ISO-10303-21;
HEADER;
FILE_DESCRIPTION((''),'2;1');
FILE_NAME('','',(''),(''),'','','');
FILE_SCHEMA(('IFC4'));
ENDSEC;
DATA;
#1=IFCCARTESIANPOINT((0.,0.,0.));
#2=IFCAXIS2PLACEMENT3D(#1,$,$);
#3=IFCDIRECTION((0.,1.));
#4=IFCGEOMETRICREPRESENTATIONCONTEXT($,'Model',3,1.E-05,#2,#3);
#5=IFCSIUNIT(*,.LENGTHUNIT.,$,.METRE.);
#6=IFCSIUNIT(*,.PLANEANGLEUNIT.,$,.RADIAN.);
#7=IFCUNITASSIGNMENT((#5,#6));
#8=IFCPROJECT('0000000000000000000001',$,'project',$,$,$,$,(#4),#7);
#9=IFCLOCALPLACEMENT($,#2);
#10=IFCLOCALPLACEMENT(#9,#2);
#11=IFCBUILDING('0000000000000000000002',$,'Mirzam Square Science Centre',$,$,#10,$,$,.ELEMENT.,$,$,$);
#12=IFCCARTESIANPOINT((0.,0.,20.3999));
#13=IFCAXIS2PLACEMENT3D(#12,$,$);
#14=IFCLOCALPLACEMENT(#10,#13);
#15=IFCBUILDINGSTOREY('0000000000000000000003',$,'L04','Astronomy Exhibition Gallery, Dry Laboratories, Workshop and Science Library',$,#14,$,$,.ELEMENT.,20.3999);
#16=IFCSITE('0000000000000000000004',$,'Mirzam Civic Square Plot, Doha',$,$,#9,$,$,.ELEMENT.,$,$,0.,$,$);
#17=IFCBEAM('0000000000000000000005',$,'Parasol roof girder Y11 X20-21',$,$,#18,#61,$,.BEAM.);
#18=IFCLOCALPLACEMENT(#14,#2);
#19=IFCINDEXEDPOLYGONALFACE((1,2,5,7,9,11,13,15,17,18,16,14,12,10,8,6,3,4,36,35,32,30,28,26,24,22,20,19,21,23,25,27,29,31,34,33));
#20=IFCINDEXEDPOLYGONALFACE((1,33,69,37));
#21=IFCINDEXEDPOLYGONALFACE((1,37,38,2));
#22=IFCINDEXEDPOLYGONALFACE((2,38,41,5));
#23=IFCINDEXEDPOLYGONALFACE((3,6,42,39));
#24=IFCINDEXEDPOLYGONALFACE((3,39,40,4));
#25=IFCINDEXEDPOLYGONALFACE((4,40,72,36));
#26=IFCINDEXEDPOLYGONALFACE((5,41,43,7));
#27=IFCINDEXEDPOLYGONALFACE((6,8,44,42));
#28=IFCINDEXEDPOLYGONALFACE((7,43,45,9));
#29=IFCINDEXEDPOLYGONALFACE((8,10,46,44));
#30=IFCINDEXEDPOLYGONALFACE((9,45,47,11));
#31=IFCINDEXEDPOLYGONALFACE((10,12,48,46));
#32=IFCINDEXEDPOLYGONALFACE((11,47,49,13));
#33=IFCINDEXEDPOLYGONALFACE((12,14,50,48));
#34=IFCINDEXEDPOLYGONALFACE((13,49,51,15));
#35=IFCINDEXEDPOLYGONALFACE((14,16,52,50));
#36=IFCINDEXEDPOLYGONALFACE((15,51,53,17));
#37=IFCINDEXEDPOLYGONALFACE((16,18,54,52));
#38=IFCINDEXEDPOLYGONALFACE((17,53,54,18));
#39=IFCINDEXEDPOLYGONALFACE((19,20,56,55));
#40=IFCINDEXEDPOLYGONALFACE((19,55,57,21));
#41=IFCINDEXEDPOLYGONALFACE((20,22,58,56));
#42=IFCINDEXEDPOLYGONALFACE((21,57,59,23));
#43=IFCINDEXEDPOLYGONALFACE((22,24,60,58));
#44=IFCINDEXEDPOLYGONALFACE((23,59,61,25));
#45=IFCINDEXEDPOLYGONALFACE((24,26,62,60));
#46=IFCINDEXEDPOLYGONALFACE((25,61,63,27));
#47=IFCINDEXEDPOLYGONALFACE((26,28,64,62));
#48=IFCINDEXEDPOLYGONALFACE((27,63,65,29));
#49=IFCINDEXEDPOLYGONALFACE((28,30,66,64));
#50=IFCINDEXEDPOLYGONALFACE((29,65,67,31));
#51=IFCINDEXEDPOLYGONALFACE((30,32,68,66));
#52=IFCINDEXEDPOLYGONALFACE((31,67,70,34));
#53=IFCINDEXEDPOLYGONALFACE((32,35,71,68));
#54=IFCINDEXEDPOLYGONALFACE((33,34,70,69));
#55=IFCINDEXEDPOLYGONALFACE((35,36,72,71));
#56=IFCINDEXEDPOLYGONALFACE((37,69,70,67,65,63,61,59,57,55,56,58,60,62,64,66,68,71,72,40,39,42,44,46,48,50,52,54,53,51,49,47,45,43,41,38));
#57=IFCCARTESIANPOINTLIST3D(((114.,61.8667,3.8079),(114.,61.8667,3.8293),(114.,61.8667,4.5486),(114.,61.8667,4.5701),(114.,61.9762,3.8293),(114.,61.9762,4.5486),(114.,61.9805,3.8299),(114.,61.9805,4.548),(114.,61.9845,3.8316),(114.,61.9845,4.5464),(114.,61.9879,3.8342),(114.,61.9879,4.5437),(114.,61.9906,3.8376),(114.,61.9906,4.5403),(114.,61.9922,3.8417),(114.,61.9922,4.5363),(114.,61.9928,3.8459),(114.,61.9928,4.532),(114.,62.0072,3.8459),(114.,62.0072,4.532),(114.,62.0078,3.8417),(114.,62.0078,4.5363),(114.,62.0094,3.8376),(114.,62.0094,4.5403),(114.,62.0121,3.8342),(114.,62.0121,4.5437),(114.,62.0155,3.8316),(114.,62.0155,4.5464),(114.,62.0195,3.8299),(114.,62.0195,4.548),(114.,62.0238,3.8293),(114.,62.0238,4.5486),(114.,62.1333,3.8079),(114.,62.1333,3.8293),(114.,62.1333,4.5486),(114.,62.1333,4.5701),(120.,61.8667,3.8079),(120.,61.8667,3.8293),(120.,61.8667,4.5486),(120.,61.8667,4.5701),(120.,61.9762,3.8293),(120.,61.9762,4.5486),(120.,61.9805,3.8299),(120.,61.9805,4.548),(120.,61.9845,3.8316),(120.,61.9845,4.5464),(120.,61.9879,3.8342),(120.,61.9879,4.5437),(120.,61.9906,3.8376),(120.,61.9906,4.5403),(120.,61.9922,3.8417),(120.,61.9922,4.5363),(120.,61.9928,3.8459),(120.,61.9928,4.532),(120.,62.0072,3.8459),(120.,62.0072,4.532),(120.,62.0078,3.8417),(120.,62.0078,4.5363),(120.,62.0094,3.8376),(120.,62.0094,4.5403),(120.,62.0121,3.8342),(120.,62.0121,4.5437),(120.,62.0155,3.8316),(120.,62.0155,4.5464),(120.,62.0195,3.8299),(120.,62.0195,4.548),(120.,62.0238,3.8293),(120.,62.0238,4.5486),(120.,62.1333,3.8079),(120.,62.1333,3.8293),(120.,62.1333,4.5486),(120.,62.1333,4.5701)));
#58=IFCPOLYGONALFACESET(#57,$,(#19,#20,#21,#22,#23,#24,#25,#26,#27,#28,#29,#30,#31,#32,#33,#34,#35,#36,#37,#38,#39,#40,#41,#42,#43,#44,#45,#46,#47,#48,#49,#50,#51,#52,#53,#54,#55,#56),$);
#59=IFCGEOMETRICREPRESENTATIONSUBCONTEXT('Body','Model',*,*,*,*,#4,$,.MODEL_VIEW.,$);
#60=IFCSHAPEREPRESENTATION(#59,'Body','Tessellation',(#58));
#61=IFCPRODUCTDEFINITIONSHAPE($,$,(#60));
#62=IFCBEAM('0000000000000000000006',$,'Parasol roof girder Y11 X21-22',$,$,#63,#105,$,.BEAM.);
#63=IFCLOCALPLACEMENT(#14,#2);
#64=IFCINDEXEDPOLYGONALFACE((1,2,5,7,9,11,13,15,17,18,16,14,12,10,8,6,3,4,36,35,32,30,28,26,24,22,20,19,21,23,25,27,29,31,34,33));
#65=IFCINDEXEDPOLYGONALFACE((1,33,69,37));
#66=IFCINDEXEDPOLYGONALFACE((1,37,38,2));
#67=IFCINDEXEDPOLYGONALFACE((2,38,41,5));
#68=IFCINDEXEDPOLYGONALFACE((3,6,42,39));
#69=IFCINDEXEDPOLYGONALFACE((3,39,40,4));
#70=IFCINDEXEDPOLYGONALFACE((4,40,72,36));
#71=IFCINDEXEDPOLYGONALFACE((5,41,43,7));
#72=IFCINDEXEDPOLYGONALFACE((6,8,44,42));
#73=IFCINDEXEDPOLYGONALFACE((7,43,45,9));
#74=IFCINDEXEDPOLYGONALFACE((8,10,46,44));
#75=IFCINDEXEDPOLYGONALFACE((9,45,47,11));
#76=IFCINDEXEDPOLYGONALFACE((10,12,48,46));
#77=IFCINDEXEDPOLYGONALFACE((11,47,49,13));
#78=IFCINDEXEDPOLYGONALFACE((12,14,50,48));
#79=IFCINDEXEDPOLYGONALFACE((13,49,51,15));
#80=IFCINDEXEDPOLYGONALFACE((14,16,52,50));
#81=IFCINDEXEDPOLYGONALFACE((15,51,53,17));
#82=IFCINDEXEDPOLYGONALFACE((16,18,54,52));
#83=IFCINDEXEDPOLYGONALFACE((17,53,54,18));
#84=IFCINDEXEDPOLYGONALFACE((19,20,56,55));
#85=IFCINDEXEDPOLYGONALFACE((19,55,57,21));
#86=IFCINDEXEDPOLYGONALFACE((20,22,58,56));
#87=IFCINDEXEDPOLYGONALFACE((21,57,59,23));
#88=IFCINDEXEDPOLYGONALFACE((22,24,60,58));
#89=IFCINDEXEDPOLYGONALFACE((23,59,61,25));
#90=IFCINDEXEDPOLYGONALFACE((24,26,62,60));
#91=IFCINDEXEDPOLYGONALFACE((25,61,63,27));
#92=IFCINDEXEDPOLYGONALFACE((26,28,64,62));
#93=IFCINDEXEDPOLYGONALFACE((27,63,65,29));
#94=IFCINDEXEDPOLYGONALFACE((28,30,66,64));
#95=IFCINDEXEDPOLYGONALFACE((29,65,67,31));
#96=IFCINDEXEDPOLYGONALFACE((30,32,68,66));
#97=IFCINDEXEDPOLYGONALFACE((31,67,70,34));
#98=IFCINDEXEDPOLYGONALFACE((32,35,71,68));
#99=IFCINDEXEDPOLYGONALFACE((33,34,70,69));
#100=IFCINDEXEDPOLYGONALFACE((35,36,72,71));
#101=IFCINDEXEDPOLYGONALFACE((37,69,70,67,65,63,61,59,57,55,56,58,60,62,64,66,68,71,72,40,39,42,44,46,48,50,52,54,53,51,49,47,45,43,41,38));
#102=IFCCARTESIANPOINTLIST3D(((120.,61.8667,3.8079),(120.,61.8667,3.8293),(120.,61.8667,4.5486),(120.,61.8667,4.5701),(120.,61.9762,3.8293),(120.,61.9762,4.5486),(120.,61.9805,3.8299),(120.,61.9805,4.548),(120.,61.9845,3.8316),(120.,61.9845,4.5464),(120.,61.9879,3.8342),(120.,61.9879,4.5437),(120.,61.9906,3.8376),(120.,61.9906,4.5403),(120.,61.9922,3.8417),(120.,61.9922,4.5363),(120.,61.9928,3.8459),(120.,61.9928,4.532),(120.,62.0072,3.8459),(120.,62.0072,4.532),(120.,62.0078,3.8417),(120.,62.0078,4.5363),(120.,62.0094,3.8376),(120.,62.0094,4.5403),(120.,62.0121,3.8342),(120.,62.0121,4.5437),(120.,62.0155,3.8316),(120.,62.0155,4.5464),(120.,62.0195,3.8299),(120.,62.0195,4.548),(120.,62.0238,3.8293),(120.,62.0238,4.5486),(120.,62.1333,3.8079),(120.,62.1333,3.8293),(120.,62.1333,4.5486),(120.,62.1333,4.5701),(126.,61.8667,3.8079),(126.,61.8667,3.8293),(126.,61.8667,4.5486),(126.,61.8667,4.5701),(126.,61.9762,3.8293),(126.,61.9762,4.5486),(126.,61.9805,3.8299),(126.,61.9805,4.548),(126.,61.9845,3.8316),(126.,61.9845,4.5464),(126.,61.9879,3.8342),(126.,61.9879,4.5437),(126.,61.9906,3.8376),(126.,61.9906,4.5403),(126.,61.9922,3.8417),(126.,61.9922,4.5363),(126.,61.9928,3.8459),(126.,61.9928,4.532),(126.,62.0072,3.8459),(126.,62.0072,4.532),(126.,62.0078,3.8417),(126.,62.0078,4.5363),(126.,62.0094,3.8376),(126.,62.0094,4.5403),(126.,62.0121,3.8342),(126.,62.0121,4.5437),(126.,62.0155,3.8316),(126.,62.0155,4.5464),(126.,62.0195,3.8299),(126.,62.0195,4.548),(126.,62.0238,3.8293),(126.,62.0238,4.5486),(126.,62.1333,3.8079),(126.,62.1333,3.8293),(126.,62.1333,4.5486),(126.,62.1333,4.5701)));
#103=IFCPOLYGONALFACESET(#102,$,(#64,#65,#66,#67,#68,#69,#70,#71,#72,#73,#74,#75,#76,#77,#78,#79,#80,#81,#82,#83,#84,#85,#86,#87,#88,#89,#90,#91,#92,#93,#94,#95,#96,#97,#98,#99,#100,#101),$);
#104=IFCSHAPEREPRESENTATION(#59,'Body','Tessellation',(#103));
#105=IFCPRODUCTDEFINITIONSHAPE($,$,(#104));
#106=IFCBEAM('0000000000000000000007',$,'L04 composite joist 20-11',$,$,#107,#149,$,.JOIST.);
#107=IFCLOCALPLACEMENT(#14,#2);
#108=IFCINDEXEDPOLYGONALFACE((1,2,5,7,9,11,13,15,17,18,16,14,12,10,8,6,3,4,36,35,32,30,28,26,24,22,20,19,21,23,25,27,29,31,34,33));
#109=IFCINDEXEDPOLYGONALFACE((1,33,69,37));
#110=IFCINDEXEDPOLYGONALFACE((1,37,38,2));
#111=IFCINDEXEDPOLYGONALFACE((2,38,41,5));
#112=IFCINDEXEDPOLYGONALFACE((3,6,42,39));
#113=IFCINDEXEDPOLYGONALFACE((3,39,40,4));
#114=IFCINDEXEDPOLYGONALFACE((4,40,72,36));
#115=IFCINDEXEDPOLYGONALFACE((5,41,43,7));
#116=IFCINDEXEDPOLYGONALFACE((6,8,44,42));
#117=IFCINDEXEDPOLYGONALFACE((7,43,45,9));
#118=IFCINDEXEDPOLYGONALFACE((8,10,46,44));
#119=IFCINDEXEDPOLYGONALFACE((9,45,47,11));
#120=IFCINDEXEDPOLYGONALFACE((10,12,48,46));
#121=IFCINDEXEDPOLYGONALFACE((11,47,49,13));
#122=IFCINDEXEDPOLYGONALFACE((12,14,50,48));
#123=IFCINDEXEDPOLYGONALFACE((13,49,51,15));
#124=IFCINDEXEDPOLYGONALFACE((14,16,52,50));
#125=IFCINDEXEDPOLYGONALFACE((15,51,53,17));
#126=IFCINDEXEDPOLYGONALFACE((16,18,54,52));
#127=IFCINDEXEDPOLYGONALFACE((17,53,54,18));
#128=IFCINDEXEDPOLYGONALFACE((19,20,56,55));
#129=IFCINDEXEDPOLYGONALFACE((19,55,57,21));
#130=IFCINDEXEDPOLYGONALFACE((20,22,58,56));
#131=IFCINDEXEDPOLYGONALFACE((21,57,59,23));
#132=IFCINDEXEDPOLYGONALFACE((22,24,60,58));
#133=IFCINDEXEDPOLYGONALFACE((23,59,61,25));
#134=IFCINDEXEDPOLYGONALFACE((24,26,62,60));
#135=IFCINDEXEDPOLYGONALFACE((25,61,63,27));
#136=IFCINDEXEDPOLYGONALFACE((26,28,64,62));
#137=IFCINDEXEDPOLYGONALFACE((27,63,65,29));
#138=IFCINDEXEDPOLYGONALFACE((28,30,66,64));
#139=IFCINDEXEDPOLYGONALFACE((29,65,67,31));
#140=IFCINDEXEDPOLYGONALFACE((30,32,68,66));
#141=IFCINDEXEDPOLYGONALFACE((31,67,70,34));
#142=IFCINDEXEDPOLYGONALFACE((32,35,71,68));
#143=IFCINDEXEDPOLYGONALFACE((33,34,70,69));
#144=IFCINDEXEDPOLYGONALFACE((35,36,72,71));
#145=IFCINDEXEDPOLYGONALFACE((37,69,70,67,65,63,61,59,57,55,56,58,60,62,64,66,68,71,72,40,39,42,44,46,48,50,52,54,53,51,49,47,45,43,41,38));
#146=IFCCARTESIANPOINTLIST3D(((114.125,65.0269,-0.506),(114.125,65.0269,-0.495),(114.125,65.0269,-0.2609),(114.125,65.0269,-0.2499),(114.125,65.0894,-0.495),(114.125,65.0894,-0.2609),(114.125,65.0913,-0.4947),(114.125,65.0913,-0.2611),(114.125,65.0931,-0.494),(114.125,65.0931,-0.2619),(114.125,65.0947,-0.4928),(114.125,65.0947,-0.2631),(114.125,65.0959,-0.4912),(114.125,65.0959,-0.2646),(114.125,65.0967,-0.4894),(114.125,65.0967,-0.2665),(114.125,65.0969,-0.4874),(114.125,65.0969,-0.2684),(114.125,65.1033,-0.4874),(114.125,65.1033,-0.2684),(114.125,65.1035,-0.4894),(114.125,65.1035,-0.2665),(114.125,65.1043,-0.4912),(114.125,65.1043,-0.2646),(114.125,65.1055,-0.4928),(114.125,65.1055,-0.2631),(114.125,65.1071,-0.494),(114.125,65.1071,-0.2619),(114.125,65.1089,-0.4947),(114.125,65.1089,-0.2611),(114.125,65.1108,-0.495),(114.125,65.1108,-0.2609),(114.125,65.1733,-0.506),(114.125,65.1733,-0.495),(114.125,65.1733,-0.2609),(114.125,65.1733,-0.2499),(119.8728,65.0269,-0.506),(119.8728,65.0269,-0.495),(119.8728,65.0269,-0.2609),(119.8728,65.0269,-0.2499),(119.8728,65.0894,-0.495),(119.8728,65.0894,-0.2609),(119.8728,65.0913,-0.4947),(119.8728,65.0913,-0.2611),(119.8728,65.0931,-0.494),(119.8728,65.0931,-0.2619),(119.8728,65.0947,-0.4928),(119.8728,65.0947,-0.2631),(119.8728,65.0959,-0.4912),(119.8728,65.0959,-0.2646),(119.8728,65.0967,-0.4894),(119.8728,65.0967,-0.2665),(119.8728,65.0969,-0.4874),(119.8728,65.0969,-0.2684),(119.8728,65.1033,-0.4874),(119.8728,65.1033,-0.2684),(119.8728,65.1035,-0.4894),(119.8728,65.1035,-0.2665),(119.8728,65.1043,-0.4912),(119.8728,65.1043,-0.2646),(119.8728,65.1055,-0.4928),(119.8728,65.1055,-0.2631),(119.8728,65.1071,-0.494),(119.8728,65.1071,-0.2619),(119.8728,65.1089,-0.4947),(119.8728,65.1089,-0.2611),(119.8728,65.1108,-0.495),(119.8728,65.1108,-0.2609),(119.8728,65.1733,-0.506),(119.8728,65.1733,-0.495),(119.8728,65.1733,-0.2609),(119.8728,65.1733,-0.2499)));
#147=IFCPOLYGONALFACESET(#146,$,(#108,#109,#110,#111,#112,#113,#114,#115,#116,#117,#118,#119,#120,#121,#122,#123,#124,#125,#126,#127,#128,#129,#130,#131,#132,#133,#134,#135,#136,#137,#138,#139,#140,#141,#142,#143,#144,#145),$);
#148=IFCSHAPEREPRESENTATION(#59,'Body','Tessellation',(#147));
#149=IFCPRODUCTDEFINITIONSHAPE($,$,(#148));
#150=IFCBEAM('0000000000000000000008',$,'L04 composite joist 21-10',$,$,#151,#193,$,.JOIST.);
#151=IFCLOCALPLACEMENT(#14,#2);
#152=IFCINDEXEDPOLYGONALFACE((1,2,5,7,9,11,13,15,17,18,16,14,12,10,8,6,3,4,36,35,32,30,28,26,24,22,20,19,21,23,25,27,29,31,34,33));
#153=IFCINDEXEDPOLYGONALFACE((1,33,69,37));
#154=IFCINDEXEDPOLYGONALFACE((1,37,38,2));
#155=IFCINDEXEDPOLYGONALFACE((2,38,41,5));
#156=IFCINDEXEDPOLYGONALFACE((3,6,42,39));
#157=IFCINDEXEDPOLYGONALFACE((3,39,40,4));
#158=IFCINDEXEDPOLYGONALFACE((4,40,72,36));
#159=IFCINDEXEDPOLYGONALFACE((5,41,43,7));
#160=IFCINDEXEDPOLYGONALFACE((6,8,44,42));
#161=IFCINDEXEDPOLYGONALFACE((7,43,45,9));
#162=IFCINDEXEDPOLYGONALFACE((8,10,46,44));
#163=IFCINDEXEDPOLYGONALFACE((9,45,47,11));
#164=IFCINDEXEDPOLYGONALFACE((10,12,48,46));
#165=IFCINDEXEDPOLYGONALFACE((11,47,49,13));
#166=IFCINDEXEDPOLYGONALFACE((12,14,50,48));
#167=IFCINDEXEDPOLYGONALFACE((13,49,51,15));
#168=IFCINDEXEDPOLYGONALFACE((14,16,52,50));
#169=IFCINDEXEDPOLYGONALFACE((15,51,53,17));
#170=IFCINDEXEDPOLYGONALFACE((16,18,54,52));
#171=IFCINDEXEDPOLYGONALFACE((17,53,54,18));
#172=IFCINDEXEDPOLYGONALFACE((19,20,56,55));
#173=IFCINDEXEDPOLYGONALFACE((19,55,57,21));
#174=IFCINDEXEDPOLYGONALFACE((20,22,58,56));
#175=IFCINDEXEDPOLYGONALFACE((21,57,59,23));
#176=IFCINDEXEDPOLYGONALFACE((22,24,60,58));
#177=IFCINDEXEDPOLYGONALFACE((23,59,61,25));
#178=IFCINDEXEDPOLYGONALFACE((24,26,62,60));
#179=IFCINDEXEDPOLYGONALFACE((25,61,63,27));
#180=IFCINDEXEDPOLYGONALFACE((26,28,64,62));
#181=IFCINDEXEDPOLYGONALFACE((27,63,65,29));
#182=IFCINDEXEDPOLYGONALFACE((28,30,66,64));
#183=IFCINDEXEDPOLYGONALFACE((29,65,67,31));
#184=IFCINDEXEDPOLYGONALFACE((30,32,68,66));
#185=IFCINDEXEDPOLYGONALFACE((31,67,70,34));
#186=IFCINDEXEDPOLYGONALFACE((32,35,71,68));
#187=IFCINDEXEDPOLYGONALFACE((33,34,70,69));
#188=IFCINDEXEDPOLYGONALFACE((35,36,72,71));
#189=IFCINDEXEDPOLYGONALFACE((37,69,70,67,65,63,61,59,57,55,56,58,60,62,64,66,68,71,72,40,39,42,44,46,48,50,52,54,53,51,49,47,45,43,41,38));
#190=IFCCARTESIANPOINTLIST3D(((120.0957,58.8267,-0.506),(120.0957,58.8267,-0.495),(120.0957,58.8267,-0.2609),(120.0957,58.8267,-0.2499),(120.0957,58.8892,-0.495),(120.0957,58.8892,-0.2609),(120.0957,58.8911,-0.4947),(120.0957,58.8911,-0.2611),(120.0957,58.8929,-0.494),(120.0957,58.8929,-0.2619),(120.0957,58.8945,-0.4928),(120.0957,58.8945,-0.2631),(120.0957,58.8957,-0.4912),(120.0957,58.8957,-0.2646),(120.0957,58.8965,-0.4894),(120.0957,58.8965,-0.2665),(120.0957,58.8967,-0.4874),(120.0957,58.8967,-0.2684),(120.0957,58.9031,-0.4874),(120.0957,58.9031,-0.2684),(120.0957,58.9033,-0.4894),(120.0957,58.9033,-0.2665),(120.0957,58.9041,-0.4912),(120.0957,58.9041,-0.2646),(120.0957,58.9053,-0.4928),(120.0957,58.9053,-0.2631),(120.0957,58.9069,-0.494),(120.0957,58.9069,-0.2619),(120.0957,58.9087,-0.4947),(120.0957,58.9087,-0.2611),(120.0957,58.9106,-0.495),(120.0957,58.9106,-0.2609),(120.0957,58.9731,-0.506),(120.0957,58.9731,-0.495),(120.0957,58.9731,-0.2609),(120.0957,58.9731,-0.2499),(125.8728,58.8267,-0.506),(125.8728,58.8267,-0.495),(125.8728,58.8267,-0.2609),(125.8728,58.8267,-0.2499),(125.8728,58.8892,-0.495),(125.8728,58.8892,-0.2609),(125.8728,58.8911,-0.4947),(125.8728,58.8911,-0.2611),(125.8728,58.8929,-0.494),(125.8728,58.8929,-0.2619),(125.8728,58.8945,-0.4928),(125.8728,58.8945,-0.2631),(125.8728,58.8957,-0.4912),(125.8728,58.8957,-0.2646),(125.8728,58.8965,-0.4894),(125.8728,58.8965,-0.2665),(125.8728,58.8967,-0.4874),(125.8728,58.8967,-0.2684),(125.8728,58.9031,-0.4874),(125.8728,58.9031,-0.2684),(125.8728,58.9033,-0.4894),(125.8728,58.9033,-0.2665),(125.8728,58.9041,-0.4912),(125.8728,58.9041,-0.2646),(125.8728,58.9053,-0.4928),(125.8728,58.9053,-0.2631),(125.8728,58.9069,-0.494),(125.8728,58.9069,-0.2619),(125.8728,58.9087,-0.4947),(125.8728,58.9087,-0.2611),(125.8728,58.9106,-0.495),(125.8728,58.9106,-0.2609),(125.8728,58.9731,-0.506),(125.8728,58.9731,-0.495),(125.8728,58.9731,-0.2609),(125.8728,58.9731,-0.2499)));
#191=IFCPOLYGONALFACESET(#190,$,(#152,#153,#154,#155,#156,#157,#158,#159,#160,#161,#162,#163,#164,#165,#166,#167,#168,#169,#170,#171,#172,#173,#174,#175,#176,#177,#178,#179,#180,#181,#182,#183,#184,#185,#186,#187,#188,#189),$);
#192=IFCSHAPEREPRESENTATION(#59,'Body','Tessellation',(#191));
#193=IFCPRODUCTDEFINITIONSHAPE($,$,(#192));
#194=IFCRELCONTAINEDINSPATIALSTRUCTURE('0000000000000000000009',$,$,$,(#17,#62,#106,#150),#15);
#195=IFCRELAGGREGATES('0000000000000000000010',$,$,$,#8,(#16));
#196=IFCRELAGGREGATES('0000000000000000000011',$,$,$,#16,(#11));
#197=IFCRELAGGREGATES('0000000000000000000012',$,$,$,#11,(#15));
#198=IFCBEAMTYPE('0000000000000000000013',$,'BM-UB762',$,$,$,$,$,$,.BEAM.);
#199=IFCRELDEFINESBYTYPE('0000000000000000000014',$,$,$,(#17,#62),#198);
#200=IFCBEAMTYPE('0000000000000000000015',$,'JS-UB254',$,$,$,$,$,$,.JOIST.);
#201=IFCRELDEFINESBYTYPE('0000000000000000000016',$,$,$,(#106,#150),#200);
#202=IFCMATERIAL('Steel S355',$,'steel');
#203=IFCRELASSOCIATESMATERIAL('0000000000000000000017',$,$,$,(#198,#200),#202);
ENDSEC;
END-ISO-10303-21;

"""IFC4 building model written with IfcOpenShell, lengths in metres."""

from ifc_helpers import new_model, si_unit, direction, frame, origin, origin_2d, place, context, subcontext, project, spatial, i_section, extrude, material, material_profile, profile_set, type_object, element, save


model = new_model("IFC4")

# Units and contexts
model_context = context("Model", 3, precision=1e-05, world=origin(), true_north=direction((0.0, 1.0)))
body_context = subcontext(model_context, "Body", "Model", "MODEL_VIEW")
ifc_project = project(units=[si_unit("LENGTHUNIT", "METRE"), si_unit("PLANEANGLEUNIT", "RADIAN")], contexts=[model_context])

# Site, building, storey
site_placement = place(None, origin())
site = spatial("IfcSite", under=ifc_project, at=site_placement, Name="Mirzam Civic Square Plot, Doha", CompositionType="ELEMENT", RefElevation=0.0)
building_placement = place(site_placement, origin())
building = spatial("IfcBuilding", under=site, at=building_placement, Name="Mirzam Square Science Centre", CompositionType="ELEMENT")
storey_placement = place(building_placement, frame((0.0, 0.0, 20.3999)))
storey = spatial("IfcBuildingStorey", under=building, at=storey_placement, Name="L04", Description="Astronomy Exhibition Gallery, Dry Laboratories, Workshop and Science Library", CompositionType="ELEMENT", Elevation=20.3999)

# Shared definitions
ifc_material_1 = material(Name="Steel S355", Category="steel")

# Beams
ifc_material_profile_1 = material_profile(ifc_material_1, i_section(OverallWidth=0.2666, OverallDepth=0.7622, WebThickness=0.0144, FlangeThickness=0.0215, FilletRadius=0.0166, at=origin_2d()), Name="762x267x173UB")
ifc_profile_set_1 = profile_set([ifc_material_profile_1], Name="Steel S355")
beam_type_1 = type_object("IfcBeamType", Name="BM-UB762", PredefinedType="BEAM", material=ifc_profile_set_1)
for number, where, z_axis, x_axis, name in (
    (1, (114.0, 62.0, 4.189), (1.0, 0.0, 0.0), (0.0, 1.0, 0.0), "Parasol roof girder Y11 X20-21"),
    (2, (120.0, 62.0, 4.189), (1.0, 0.0, 0.0), (0.0, 1.0, 0.0), "Parasol roof girder Y11 X21-22"),
):
    element("IfcBeam", number, at=place(storey_placement, frame(where, z_axis=z_axis, x_axis=x_axis)), inside=storey, type_object=beam_type_1, Name=name, PredefinedType="BEAM", context=body_context, shape_type="SweptSolid", body=[
        extrude(i_section(OverallWidth=0.2666, OverallDepth=0.7622, WebThickness=0.0144, FlangeThickness=0.0215, FilletRadius=0.0166, at=origin_2d()), origin(), (0.0, 0.0, 1.0), 6.0),
    ])
ifc_material_profile_2 = material_profile(ifc_material_1, i_section(OverallWidth=0.1465, OverallDepth=0.2561, WebThickness=0.0063, FlangeThickness=0.011, FilletRadius=0.0076, at=origin_2d()), Name="254x146x37UB")
ifc_profile_set_2 = profile_set([ifc_material_profile_2], Name="Steel S355")
beam_type_2 = type_object("IfcBeamType", Name="JS-UB254", PredefinedType="JOIST", material=ifc_profile_set_2)
beam_1_placement = place(storey_placement, frame((114.125, 65.1001, -0.3779), z_axis=(1.0, 0.0, 0.0), x_axis=(0.0, 1.0, 0.0)))
element("IfcBeam", 3, at=beam_1_placement, inside=storey, type_object=beam_type_2, Name="L04 composite joist 20-11", PredefinedType="JOIST", context=body_context, shape_type="SweptSolid", body=[
    extrude(i_section(OverallWidth=0.1465, OverallDepth=0.2561, WebThickness=0.0063, FlangeThickness=0.011, FilletRadius=0.0076, at=origin_2d()), origin(), (0.0, 0.0, 1.0), 5.7478),
])
beam_2_placement = place(storey_placement, frame((120.0957, 58.8999, -0.3779), z_axis=(1.0, 0.0, 0.0), x_axis=(0.0, 1.0, 0.0)))
element("IfcBeam", 4, at=beam_2_placement, inside=storey, type_object=beam_type_2, Name="L04 composite joist 21-10", PredefinedType="JOIST", context=body_context, shape_type="SweptSolid", body=[
    extrude(i_section(OverallWidth=0.1465, OverallDepth=0.2561, WebThickness=0.0063, FlangeThickness=0.011, FilletRadius=0.0076, at=origin_2d()), origin(), (0.0, 0.0, 1.0), 5.7771),
])

save(model, "model.ifc")
